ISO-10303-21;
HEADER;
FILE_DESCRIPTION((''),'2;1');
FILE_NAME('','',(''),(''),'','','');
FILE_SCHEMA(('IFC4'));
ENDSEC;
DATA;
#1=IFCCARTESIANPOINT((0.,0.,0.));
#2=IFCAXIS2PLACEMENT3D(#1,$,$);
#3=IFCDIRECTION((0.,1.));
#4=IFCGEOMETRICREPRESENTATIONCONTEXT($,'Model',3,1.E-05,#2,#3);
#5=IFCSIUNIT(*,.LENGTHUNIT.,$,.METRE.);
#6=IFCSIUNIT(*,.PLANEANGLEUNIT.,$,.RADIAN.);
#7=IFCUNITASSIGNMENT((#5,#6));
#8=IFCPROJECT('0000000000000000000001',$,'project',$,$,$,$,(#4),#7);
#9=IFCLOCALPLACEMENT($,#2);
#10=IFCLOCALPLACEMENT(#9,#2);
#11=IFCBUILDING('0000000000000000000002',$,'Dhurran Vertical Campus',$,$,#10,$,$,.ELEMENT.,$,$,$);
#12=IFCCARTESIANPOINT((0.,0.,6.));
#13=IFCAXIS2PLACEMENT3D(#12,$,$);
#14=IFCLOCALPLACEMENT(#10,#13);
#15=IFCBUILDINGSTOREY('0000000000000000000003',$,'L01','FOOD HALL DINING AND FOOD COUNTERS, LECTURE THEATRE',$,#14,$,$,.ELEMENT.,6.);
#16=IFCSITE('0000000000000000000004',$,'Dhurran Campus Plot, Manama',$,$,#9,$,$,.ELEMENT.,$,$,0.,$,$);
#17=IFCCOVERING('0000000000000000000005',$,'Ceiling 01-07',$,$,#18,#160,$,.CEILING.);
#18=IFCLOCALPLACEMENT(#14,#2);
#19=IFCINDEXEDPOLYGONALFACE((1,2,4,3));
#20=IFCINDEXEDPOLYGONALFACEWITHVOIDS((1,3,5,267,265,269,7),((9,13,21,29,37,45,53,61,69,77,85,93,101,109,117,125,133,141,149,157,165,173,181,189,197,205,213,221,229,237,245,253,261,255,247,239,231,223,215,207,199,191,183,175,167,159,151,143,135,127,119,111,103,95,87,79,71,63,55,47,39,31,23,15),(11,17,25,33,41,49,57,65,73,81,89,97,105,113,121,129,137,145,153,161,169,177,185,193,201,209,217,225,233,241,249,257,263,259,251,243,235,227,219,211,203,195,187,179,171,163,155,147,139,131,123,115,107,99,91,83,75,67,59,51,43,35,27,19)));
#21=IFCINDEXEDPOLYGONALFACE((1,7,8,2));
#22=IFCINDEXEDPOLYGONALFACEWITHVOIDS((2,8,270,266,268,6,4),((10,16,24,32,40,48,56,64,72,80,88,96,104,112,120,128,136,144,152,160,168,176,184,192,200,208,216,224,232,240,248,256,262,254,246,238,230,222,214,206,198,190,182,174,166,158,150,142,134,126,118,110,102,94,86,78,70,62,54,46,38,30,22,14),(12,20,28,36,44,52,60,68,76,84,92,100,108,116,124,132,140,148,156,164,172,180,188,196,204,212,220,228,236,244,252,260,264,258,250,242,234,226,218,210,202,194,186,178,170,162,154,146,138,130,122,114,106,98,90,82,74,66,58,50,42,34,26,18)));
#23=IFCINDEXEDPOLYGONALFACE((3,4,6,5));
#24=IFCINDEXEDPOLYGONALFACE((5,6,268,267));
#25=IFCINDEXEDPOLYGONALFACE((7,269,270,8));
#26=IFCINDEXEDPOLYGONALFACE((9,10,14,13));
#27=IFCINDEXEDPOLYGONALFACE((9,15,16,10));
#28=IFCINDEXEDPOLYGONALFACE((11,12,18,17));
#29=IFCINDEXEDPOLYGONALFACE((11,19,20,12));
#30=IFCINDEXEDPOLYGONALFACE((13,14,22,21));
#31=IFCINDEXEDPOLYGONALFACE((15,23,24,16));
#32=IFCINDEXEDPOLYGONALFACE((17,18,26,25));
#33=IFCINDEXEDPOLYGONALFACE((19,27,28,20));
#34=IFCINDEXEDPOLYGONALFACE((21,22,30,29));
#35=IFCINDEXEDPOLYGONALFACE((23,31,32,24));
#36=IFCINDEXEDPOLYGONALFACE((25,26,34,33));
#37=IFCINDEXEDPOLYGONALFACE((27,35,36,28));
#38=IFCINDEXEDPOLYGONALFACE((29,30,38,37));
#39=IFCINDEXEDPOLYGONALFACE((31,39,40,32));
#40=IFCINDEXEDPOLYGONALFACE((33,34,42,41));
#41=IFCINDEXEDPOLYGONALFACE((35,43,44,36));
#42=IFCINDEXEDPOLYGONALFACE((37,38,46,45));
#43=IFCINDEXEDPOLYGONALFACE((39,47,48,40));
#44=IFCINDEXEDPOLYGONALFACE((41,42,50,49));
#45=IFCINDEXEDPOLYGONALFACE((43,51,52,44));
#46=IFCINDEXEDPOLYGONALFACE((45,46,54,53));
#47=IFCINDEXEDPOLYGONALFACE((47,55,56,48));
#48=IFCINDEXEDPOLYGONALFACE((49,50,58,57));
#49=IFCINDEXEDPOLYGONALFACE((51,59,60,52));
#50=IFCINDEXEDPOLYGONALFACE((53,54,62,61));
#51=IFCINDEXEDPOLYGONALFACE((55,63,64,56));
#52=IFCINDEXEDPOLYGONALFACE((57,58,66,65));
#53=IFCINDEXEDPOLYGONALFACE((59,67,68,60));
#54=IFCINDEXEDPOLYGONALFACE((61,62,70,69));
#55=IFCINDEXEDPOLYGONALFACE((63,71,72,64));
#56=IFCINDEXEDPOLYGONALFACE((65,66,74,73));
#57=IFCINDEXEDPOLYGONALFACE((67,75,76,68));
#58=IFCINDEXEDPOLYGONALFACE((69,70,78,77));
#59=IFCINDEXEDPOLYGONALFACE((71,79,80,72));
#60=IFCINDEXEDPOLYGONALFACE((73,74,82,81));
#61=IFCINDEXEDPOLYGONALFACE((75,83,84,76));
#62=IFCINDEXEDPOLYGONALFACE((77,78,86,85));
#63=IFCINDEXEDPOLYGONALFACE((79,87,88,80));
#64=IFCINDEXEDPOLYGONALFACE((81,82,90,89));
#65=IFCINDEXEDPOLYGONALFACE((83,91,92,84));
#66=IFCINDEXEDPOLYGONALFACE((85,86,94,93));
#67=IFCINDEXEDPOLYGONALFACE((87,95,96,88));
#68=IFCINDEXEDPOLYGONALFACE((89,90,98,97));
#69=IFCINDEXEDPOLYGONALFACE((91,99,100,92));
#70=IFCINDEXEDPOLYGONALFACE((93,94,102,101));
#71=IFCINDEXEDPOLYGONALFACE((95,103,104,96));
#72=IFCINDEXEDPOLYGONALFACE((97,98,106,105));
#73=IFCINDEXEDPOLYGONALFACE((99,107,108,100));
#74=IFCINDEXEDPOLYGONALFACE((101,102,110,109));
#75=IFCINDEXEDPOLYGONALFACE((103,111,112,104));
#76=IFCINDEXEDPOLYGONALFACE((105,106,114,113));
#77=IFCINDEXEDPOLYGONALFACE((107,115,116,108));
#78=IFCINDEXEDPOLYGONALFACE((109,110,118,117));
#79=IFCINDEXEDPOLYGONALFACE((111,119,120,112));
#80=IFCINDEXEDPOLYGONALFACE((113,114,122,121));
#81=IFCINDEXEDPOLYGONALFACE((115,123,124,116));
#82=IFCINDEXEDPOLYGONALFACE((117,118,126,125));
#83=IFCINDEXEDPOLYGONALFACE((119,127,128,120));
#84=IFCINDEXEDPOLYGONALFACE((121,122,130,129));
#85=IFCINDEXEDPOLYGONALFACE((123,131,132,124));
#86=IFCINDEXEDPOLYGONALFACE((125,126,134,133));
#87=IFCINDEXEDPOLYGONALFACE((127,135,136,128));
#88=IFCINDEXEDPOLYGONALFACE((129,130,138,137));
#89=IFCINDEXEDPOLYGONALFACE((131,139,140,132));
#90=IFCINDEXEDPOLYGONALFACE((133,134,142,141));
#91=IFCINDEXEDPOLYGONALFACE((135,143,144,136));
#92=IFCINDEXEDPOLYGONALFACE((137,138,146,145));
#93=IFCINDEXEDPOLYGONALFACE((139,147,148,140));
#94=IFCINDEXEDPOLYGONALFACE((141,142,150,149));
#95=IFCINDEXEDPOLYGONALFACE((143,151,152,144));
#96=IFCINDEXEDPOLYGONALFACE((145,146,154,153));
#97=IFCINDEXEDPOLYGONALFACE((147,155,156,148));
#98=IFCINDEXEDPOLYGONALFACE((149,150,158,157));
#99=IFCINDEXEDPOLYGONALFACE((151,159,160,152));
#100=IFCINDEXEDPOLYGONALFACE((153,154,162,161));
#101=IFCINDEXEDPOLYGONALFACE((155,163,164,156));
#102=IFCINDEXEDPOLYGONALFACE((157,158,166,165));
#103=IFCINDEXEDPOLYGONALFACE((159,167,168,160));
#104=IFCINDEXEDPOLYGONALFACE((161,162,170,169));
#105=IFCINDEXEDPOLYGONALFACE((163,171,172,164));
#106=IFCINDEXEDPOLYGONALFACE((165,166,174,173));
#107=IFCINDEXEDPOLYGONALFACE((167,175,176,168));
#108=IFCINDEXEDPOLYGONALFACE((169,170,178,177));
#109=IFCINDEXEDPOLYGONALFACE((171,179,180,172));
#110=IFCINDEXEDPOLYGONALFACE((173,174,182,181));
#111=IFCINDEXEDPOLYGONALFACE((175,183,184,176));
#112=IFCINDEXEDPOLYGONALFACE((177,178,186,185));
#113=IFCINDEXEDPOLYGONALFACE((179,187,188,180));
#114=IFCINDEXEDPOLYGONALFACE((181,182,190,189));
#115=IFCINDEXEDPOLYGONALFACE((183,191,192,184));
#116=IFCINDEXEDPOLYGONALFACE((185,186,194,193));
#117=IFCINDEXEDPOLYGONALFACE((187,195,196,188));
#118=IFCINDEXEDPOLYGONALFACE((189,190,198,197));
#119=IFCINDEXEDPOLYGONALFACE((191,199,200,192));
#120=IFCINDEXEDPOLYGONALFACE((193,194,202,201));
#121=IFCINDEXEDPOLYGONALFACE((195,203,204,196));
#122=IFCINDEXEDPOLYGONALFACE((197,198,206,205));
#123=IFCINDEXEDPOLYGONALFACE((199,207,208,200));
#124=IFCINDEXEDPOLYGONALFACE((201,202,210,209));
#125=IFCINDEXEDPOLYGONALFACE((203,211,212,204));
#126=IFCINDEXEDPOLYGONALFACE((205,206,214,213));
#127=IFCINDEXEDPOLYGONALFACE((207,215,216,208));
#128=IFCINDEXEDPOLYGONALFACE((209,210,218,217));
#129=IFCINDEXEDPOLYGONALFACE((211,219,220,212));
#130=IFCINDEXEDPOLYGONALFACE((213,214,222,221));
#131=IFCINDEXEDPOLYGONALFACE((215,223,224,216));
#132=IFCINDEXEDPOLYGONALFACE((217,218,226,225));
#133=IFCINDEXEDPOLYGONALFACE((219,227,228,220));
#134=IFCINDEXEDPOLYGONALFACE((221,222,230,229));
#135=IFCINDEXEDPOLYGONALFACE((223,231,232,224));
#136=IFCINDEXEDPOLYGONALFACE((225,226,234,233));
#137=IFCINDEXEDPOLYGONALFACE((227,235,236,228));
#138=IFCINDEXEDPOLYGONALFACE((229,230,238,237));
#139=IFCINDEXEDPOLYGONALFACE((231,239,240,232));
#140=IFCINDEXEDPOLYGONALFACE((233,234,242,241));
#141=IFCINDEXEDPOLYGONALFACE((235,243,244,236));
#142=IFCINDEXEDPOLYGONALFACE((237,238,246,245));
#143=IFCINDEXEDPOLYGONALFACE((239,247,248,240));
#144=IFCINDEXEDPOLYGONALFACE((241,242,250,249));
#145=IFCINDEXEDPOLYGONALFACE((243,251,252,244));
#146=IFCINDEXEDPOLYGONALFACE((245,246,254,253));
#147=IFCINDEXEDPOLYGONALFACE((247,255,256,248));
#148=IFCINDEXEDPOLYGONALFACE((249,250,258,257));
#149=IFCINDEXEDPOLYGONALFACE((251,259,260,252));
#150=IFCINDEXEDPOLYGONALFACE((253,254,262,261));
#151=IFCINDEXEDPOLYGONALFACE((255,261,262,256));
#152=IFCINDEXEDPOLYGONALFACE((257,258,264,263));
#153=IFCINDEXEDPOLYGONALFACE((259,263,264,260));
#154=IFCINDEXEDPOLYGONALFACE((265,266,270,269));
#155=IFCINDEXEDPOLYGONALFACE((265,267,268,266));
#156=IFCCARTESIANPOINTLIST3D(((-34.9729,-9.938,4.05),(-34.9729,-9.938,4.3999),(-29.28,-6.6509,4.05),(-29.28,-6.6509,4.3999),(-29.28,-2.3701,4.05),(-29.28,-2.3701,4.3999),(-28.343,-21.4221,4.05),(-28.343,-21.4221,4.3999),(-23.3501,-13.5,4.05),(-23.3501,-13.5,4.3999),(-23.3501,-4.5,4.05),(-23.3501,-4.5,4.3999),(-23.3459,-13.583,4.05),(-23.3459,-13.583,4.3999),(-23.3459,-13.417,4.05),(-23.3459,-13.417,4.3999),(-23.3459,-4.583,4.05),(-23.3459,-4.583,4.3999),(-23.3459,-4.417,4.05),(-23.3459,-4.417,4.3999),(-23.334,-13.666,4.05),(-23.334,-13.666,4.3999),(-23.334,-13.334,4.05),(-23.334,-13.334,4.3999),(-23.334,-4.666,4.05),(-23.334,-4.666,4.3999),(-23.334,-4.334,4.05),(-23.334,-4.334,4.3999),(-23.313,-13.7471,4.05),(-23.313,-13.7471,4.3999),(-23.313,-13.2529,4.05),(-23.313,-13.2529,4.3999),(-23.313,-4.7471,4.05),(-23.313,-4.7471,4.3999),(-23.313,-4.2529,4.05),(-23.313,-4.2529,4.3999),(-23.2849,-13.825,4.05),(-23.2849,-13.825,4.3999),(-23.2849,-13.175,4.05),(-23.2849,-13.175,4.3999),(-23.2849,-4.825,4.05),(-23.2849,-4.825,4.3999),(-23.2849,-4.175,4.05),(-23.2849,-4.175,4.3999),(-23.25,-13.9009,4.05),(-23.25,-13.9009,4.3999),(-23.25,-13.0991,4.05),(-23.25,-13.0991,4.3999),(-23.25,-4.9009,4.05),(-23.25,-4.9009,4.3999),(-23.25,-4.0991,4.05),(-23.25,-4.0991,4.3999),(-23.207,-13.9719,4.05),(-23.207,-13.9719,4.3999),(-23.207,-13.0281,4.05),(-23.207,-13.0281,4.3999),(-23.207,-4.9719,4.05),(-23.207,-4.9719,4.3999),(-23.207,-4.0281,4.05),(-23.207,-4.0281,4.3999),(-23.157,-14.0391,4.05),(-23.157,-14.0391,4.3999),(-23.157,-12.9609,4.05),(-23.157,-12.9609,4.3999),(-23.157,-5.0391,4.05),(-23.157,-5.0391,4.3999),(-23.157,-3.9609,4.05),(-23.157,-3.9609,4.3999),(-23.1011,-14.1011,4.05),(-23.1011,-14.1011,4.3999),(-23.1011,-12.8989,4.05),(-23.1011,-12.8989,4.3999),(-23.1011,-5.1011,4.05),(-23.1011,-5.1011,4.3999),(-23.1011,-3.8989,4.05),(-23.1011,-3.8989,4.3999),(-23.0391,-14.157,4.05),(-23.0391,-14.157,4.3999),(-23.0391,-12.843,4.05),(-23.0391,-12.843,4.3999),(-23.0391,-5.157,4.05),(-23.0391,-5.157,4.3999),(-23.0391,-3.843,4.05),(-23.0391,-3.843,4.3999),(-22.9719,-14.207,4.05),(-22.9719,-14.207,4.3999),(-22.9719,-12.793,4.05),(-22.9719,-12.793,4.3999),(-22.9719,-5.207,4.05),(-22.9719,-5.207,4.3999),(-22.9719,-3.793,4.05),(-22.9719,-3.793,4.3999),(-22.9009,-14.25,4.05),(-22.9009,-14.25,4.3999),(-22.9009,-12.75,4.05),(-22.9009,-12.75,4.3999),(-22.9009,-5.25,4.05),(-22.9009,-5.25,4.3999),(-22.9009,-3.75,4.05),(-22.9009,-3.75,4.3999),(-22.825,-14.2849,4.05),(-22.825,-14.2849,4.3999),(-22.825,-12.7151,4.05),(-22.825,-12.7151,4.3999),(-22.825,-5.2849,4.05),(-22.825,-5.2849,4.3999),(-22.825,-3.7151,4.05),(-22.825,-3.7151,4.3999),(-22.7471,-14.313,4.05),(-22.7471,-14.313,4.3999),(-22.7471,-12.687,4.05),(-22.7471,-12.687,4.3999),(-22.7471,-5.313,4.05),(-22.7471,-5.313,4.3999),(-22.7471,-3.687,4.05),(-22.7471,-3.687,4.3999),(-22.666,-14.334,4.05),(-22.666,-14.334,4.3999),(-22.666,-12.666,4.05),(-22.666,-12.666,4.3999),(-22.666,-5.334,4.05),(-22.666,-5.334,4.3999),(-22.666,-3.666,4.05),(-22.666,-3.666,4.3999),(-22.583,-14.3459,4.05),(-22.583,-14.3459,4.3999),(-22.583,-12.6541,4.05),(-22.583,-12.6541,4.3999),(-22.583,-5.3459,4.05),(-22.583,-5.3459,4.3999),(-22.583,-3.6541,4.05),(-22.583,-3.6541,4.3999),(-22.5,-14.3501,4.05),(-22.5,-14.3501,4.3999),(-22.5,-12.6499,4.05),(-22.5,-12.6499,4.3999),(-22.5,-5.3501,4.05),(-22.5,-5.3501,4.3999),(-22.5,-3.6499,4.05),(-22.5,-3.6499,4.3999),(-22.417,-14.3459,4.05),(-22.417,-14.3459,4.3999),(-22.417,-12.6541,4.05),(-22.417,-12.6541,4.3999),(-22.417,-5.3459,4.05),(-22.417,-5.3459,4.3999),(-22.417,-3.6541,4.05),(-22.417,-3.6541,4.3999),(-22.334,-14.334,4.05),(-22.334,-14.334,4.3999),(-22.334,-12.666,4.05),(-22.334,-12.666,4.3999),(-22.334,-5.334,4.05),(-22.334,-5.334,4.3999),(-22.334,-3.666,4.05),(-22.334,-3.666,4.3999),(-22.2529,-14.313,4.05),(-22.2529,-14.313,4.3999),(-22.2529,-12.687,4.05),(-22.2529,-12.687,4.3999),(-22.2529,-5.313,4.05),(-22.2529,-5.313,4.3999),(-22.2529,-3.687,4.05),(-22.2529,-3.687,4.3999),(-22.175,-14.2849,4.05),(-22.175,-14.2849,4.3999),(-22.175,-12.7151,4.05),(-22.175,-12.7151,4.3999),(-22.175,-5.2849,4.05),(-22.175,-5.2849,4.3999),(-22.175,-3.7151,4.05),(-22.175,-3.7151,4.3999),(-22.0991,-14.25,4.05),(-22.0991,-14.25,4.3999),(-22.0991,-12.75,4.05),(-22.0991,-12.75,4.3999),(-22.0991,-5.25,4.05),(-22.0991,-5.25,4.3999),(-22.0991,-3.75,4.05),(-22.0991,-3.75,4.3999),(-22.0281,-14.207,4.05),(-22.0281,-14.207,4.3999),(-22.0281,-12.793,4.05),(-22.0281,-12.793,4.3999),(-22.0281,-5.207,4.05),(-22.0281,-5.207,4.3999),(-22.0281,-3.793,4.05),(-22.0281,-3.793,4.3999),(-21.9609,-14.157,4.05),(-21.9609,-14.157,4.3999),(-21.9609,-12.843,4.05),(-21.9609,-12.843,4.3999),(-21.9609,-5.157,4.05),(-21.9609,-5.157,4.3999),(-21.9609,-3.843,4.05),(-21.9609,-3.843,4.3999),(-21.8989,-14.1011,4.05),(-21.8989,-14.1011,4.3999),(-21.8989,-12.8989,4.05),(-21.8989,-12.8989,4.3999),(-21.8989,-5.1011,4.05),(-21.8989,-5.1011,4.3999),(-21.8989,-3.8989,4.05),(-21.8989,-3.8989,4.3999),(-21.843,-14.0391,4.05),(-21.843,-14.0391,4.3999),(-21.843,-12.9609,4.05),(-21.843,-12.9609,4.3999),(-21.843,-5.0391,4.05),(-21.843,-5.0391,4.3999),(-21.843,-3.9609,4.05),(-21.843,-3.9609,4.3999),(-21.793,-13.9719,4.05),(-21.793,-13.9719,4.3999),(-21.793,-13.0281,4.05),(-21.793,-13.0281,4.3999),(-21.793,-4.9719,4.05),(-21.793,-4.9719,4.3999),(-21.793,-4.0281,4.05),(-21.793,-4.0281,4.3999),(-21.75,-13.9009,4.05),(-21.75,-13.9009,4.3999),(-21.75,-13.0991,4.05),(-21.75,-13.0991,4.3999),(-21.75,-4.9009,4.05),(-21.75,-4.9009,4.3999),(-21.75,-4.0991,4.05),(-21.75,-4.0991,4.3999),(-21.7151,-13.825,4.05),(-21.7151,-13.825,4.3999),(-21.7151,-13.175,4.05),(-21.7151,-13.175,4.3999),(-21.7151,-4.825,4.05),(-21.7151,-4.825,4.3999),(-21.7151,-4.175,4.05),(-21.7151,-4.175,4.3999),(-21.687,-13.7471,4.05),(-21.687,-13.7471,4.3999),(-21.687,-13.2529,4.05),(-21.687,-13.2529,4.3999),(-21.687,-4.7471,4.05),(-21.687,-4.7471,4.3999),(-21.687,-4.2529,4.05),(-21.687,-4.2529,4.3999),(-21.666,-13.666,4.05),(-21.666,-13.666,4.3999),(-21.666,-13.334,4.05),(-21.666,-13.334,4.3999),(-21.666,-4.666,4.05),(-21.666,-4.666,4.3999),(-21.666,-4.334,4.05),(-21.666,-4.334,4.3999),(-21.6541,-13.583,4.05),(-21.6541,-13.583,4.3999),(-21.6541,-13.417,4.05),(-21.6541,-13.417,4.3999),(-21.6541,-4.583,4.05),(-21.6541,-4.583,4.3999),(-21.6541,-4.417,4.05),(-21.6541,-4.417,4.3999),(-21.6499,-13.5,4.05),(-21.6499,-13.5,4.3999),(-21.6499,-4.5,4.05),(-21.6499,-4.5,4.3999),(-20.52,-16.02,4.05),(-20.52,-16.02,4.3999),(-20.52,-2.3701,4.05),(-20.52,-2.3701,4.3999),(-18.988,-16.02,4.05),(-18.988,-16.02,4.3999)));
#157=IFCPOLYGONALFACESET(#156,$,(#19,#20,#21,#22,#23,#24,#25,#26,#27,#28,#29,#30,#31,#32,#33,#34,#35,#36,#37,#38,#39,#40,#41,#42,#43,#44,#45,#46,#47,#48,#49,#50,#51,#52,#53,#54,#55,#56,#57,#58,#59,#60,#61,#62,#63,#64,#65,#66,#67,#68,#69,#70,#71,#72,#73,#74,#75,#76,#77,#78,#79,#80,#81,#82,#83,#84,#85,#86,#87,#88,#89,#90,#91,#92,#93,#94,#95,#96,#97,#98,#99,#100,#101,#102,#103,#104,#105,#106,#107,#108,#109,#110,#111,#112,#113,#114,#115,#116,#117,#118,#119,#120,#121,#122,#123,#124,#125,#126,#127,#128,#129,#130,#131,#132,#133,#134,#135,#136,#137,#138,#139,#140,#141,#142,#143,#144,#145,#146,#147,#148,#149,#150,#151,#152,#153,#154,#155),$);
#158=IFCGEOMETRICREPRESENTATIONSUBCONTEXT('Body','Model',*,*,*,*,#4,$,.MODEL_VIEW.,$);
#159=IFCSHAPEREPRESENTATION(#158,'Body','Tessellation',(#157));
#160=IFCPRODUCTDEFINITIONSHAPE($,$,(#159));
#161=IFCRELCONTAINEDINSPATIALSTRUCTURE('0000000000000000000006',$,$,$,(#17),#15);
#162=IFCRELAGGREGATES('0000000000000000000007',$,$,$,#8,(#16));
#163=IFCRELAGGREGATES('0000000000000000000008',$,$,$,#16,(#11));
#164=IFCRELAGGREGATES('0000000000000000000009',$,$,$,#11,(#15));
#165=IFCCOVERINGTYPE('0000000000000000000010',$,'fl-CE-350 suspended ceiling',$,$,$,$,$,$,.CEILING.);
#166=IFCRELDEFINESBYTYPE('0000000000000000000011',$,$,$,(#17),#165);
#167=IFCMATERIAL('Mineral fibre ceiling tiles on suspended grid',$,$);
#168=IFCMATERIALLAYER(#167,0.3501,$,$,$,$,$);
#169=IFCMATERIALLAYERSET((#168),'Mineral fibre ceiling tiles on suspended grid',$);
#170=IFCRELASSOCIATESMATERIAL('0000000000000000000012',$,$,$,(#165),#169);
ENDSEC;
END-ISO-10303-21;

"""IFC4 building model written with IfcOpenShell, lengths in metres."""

from ifc_helpers import new_model, si_unit, direction, frame, origin, place, context, subcontext, project, spatial, polyline, outline, extrude, material, layer, layer_set, type_object, element, save


model = new_model("IFC4")

# Units and contexts
model_context = context("Model", 3, precision=1e-05, world=origin(), true_north=direction((0.0, 1.0)))
body_context = subcontext(model_context, "Body", "Model", "MODEL_VIEW")
ifc_project = project(units=[si_unit("LENGTHUNIT", "METRE"), si_unit("PLANEANGLEUNIT", "RADIAN")], contexts=[model_context])

# Site, building, storey
site_placement = place(None, origin())
site = spatial("IfcSite", under=ifc_project, at=site_placement, Name="Dhurran Campus Plot, Manama", CompositionType="ELEMENT", RefElevation=0.0)
building_placement = place(site_placement, origin())
building = spatial("IfcBuilding", under=site, at=building_placement, Name="Dhurran Vertical Campus", CompositionType="ELEMENT")
storey_placement = place(building_placement, frame((0.0, 0.0, 6.0)))
storey = spatial("IfcBuildingStorey", under=building, at=storey_placement, Name="L01", Description="FOOD HALL DINING AND FOOD COUNTERS, LECTURE THEATRE", CompositionType="ELEMENT", Elevation=6.0)

# Covering
ifc_material_1 = material(Name="Mineral fibre ceiling tiles on suspended grid")
ifc_layer_1 = layer(ifc_material_1, 0.3501)
ifc_layer_set_1 = layer_set([ifc_layer_1], Name="Mineral fibre ceiling tiles on suspended grid")
covering_type = type_object("IfcCoveringType", Name="fl-CE-350 suspended ceiling", PredefinedType="CEILING", material=ifc_layer_set_1)
covering_1_placement = place(storey_placement, frame((0.0, 0.0, 4.05)))
element("IfcCovering", 1, at=covering_1_placement, inside=storey, type_object=covering_type, Name="Ceiling 01-07", PredefinedType="CEILING", context=body_context, shape_type="SweptSolid", body=[
    extrude(outline(polyline([(-20.52, -2.3701), (-20.52, -16.02), (-18.988, -16.02), (-28.343, -21.4221), (-34.9729, -9.938), (-29.28, -6.6509), (-29.28, -2.3701), (-20.52, -2.3701)]), holes=[polyline([(-22.5, -12.6499), (-22.583, -12.6541), (-22.666, -12.666), (-22.7471, -12.687), (-22.825, -12.7151), (-22.9009, -12.75), (-22.9719, -12.793), (-23.0391, -12.843), (-23.1011, -12.8989), (-23.157, -12.9609), (-23.207, -13.0281), (-23.25, -13.0991), (-23.2849, -13.175), (-23.313, -13.2529), (-23.334, -13.334), (-23.3459, -13.417), (-23.3501, -13.5), (-23.3459, -13.583), (-23.334, -13.666), (-23.313, -13.7471), (-23.2849, -13.825), (-23.25, -13.9009), (-23.207, -13.9719), (-23.157, -14.0391), (-23.1011, -14.1011), (-23.0391, -14.157), (-22.9719, -14.207), (-22.9009, -14.25), (-22.825, -14.2849), (-22.7471, -14.313), (-22.666, -14.334), (-22.583, -14.3459), (-22.5, -14.3501), (-22.417, -14.3459), (-22.334, -14.334), (-22.2529, -14.313), (-22.175, -14.2849), (-22.0991, -14.25), (-22.0281, -14.207), (-21.9609, -14.157), (-21.8989, -14.1011), (-21.843, -14.0391), (-21.793, -13.9719), (-21.75, -13.9009), (-21.7151, -13.825), (-21.687, -13.7471), (-21.666, -13.666), (-21.6541, -13.583), (-21.6499, -13.5), (-21.6541, -13.417), (-21.666, -13.334), (-21.687, -13.2529), (-21.7151, -13.175), (-21.75, -13.0991), (-21.793, -13.0281), (-21.843, -12.9609), (-21.8989, -12.8989), (-21.9609, -12.843), (-22.0281, -12.793), (-22.0991, -12.75), (-22.175, -12.7151), (-22.2529, -12.687), (-22.334, -12.666), (-22.417, -12.6541), (-22.5, -12.6499)]), polyline([(-22.417, -3.6541), (-22.5, -3.6499), (-22.583, -3.6541), (-22.666, -3.666), (-22.7471, -3.687), (-22.825, -3.7151), (-22.9009, -3.75), (-22.9719, -3.793), (-23.0391, -3.843), (-23.1011, -3.8989), (-23.157, -3.9609), (-23.207, -4.0281), (-23.25, -4.0991), (-23.2849, -4.175), (-23.313, -4.2529), (-23.334, -4.334), (-23.3459, -4.417), (-23.3501, -4.5), (-23.3459, -4.583), (-23.334, -4.666), (-23.313, -4.7471), (-23.2849, -4.825), (-23.25, -4.9009), (-23.207, -4.9719), (-23.157, -5.0391), (-23.1011, -5.1011), (-23.0391, -5.157), (-22.9719, -5.207), (-22.9009, -5.25), (-22.825, -5.2849), (-22.7471, -5.313), (-22.666, -5.334), (-22.583, -5.3459), (-22.5, -5.3501), (-22.417, -5.3459), (-22.334, -5.334), (-22.2529, -5.313), (-22.175, -5.2849), (-22.0991, -5.25), (-22.0281, -5.207), (-21.9609, -5.157), (-21.8989, -5.1011), (-21.843, -5.0391), (-21.793, -4.9719), (-21.75, -4.9009), (-21.7151, -4.825), (-21.687, -4.7471), (-21.666, -4.666), (-21.6541, -4.583), (-21.6499, -4.5), (-21.6541, -4.417), (-21.666, -4.334), (-21.687, -4.2529), (-21.7151, -4.175), (-21.75, -4.0991), (-21.793, -4.0281), (-21.843, -3.9609), (-21.8989, -3.8989), (-21.9609, -3.843), (-22.0281, -3.793), (-22.0991, -3.75), (-22.175, -3.7151), (-22.2529, -3.687), (-22.334, -3.666), (-22.417, -3.6541)])]), origin(), (0.0, 0.0, 1.0), 0.3499),
])

save(model, "model.ifc")
